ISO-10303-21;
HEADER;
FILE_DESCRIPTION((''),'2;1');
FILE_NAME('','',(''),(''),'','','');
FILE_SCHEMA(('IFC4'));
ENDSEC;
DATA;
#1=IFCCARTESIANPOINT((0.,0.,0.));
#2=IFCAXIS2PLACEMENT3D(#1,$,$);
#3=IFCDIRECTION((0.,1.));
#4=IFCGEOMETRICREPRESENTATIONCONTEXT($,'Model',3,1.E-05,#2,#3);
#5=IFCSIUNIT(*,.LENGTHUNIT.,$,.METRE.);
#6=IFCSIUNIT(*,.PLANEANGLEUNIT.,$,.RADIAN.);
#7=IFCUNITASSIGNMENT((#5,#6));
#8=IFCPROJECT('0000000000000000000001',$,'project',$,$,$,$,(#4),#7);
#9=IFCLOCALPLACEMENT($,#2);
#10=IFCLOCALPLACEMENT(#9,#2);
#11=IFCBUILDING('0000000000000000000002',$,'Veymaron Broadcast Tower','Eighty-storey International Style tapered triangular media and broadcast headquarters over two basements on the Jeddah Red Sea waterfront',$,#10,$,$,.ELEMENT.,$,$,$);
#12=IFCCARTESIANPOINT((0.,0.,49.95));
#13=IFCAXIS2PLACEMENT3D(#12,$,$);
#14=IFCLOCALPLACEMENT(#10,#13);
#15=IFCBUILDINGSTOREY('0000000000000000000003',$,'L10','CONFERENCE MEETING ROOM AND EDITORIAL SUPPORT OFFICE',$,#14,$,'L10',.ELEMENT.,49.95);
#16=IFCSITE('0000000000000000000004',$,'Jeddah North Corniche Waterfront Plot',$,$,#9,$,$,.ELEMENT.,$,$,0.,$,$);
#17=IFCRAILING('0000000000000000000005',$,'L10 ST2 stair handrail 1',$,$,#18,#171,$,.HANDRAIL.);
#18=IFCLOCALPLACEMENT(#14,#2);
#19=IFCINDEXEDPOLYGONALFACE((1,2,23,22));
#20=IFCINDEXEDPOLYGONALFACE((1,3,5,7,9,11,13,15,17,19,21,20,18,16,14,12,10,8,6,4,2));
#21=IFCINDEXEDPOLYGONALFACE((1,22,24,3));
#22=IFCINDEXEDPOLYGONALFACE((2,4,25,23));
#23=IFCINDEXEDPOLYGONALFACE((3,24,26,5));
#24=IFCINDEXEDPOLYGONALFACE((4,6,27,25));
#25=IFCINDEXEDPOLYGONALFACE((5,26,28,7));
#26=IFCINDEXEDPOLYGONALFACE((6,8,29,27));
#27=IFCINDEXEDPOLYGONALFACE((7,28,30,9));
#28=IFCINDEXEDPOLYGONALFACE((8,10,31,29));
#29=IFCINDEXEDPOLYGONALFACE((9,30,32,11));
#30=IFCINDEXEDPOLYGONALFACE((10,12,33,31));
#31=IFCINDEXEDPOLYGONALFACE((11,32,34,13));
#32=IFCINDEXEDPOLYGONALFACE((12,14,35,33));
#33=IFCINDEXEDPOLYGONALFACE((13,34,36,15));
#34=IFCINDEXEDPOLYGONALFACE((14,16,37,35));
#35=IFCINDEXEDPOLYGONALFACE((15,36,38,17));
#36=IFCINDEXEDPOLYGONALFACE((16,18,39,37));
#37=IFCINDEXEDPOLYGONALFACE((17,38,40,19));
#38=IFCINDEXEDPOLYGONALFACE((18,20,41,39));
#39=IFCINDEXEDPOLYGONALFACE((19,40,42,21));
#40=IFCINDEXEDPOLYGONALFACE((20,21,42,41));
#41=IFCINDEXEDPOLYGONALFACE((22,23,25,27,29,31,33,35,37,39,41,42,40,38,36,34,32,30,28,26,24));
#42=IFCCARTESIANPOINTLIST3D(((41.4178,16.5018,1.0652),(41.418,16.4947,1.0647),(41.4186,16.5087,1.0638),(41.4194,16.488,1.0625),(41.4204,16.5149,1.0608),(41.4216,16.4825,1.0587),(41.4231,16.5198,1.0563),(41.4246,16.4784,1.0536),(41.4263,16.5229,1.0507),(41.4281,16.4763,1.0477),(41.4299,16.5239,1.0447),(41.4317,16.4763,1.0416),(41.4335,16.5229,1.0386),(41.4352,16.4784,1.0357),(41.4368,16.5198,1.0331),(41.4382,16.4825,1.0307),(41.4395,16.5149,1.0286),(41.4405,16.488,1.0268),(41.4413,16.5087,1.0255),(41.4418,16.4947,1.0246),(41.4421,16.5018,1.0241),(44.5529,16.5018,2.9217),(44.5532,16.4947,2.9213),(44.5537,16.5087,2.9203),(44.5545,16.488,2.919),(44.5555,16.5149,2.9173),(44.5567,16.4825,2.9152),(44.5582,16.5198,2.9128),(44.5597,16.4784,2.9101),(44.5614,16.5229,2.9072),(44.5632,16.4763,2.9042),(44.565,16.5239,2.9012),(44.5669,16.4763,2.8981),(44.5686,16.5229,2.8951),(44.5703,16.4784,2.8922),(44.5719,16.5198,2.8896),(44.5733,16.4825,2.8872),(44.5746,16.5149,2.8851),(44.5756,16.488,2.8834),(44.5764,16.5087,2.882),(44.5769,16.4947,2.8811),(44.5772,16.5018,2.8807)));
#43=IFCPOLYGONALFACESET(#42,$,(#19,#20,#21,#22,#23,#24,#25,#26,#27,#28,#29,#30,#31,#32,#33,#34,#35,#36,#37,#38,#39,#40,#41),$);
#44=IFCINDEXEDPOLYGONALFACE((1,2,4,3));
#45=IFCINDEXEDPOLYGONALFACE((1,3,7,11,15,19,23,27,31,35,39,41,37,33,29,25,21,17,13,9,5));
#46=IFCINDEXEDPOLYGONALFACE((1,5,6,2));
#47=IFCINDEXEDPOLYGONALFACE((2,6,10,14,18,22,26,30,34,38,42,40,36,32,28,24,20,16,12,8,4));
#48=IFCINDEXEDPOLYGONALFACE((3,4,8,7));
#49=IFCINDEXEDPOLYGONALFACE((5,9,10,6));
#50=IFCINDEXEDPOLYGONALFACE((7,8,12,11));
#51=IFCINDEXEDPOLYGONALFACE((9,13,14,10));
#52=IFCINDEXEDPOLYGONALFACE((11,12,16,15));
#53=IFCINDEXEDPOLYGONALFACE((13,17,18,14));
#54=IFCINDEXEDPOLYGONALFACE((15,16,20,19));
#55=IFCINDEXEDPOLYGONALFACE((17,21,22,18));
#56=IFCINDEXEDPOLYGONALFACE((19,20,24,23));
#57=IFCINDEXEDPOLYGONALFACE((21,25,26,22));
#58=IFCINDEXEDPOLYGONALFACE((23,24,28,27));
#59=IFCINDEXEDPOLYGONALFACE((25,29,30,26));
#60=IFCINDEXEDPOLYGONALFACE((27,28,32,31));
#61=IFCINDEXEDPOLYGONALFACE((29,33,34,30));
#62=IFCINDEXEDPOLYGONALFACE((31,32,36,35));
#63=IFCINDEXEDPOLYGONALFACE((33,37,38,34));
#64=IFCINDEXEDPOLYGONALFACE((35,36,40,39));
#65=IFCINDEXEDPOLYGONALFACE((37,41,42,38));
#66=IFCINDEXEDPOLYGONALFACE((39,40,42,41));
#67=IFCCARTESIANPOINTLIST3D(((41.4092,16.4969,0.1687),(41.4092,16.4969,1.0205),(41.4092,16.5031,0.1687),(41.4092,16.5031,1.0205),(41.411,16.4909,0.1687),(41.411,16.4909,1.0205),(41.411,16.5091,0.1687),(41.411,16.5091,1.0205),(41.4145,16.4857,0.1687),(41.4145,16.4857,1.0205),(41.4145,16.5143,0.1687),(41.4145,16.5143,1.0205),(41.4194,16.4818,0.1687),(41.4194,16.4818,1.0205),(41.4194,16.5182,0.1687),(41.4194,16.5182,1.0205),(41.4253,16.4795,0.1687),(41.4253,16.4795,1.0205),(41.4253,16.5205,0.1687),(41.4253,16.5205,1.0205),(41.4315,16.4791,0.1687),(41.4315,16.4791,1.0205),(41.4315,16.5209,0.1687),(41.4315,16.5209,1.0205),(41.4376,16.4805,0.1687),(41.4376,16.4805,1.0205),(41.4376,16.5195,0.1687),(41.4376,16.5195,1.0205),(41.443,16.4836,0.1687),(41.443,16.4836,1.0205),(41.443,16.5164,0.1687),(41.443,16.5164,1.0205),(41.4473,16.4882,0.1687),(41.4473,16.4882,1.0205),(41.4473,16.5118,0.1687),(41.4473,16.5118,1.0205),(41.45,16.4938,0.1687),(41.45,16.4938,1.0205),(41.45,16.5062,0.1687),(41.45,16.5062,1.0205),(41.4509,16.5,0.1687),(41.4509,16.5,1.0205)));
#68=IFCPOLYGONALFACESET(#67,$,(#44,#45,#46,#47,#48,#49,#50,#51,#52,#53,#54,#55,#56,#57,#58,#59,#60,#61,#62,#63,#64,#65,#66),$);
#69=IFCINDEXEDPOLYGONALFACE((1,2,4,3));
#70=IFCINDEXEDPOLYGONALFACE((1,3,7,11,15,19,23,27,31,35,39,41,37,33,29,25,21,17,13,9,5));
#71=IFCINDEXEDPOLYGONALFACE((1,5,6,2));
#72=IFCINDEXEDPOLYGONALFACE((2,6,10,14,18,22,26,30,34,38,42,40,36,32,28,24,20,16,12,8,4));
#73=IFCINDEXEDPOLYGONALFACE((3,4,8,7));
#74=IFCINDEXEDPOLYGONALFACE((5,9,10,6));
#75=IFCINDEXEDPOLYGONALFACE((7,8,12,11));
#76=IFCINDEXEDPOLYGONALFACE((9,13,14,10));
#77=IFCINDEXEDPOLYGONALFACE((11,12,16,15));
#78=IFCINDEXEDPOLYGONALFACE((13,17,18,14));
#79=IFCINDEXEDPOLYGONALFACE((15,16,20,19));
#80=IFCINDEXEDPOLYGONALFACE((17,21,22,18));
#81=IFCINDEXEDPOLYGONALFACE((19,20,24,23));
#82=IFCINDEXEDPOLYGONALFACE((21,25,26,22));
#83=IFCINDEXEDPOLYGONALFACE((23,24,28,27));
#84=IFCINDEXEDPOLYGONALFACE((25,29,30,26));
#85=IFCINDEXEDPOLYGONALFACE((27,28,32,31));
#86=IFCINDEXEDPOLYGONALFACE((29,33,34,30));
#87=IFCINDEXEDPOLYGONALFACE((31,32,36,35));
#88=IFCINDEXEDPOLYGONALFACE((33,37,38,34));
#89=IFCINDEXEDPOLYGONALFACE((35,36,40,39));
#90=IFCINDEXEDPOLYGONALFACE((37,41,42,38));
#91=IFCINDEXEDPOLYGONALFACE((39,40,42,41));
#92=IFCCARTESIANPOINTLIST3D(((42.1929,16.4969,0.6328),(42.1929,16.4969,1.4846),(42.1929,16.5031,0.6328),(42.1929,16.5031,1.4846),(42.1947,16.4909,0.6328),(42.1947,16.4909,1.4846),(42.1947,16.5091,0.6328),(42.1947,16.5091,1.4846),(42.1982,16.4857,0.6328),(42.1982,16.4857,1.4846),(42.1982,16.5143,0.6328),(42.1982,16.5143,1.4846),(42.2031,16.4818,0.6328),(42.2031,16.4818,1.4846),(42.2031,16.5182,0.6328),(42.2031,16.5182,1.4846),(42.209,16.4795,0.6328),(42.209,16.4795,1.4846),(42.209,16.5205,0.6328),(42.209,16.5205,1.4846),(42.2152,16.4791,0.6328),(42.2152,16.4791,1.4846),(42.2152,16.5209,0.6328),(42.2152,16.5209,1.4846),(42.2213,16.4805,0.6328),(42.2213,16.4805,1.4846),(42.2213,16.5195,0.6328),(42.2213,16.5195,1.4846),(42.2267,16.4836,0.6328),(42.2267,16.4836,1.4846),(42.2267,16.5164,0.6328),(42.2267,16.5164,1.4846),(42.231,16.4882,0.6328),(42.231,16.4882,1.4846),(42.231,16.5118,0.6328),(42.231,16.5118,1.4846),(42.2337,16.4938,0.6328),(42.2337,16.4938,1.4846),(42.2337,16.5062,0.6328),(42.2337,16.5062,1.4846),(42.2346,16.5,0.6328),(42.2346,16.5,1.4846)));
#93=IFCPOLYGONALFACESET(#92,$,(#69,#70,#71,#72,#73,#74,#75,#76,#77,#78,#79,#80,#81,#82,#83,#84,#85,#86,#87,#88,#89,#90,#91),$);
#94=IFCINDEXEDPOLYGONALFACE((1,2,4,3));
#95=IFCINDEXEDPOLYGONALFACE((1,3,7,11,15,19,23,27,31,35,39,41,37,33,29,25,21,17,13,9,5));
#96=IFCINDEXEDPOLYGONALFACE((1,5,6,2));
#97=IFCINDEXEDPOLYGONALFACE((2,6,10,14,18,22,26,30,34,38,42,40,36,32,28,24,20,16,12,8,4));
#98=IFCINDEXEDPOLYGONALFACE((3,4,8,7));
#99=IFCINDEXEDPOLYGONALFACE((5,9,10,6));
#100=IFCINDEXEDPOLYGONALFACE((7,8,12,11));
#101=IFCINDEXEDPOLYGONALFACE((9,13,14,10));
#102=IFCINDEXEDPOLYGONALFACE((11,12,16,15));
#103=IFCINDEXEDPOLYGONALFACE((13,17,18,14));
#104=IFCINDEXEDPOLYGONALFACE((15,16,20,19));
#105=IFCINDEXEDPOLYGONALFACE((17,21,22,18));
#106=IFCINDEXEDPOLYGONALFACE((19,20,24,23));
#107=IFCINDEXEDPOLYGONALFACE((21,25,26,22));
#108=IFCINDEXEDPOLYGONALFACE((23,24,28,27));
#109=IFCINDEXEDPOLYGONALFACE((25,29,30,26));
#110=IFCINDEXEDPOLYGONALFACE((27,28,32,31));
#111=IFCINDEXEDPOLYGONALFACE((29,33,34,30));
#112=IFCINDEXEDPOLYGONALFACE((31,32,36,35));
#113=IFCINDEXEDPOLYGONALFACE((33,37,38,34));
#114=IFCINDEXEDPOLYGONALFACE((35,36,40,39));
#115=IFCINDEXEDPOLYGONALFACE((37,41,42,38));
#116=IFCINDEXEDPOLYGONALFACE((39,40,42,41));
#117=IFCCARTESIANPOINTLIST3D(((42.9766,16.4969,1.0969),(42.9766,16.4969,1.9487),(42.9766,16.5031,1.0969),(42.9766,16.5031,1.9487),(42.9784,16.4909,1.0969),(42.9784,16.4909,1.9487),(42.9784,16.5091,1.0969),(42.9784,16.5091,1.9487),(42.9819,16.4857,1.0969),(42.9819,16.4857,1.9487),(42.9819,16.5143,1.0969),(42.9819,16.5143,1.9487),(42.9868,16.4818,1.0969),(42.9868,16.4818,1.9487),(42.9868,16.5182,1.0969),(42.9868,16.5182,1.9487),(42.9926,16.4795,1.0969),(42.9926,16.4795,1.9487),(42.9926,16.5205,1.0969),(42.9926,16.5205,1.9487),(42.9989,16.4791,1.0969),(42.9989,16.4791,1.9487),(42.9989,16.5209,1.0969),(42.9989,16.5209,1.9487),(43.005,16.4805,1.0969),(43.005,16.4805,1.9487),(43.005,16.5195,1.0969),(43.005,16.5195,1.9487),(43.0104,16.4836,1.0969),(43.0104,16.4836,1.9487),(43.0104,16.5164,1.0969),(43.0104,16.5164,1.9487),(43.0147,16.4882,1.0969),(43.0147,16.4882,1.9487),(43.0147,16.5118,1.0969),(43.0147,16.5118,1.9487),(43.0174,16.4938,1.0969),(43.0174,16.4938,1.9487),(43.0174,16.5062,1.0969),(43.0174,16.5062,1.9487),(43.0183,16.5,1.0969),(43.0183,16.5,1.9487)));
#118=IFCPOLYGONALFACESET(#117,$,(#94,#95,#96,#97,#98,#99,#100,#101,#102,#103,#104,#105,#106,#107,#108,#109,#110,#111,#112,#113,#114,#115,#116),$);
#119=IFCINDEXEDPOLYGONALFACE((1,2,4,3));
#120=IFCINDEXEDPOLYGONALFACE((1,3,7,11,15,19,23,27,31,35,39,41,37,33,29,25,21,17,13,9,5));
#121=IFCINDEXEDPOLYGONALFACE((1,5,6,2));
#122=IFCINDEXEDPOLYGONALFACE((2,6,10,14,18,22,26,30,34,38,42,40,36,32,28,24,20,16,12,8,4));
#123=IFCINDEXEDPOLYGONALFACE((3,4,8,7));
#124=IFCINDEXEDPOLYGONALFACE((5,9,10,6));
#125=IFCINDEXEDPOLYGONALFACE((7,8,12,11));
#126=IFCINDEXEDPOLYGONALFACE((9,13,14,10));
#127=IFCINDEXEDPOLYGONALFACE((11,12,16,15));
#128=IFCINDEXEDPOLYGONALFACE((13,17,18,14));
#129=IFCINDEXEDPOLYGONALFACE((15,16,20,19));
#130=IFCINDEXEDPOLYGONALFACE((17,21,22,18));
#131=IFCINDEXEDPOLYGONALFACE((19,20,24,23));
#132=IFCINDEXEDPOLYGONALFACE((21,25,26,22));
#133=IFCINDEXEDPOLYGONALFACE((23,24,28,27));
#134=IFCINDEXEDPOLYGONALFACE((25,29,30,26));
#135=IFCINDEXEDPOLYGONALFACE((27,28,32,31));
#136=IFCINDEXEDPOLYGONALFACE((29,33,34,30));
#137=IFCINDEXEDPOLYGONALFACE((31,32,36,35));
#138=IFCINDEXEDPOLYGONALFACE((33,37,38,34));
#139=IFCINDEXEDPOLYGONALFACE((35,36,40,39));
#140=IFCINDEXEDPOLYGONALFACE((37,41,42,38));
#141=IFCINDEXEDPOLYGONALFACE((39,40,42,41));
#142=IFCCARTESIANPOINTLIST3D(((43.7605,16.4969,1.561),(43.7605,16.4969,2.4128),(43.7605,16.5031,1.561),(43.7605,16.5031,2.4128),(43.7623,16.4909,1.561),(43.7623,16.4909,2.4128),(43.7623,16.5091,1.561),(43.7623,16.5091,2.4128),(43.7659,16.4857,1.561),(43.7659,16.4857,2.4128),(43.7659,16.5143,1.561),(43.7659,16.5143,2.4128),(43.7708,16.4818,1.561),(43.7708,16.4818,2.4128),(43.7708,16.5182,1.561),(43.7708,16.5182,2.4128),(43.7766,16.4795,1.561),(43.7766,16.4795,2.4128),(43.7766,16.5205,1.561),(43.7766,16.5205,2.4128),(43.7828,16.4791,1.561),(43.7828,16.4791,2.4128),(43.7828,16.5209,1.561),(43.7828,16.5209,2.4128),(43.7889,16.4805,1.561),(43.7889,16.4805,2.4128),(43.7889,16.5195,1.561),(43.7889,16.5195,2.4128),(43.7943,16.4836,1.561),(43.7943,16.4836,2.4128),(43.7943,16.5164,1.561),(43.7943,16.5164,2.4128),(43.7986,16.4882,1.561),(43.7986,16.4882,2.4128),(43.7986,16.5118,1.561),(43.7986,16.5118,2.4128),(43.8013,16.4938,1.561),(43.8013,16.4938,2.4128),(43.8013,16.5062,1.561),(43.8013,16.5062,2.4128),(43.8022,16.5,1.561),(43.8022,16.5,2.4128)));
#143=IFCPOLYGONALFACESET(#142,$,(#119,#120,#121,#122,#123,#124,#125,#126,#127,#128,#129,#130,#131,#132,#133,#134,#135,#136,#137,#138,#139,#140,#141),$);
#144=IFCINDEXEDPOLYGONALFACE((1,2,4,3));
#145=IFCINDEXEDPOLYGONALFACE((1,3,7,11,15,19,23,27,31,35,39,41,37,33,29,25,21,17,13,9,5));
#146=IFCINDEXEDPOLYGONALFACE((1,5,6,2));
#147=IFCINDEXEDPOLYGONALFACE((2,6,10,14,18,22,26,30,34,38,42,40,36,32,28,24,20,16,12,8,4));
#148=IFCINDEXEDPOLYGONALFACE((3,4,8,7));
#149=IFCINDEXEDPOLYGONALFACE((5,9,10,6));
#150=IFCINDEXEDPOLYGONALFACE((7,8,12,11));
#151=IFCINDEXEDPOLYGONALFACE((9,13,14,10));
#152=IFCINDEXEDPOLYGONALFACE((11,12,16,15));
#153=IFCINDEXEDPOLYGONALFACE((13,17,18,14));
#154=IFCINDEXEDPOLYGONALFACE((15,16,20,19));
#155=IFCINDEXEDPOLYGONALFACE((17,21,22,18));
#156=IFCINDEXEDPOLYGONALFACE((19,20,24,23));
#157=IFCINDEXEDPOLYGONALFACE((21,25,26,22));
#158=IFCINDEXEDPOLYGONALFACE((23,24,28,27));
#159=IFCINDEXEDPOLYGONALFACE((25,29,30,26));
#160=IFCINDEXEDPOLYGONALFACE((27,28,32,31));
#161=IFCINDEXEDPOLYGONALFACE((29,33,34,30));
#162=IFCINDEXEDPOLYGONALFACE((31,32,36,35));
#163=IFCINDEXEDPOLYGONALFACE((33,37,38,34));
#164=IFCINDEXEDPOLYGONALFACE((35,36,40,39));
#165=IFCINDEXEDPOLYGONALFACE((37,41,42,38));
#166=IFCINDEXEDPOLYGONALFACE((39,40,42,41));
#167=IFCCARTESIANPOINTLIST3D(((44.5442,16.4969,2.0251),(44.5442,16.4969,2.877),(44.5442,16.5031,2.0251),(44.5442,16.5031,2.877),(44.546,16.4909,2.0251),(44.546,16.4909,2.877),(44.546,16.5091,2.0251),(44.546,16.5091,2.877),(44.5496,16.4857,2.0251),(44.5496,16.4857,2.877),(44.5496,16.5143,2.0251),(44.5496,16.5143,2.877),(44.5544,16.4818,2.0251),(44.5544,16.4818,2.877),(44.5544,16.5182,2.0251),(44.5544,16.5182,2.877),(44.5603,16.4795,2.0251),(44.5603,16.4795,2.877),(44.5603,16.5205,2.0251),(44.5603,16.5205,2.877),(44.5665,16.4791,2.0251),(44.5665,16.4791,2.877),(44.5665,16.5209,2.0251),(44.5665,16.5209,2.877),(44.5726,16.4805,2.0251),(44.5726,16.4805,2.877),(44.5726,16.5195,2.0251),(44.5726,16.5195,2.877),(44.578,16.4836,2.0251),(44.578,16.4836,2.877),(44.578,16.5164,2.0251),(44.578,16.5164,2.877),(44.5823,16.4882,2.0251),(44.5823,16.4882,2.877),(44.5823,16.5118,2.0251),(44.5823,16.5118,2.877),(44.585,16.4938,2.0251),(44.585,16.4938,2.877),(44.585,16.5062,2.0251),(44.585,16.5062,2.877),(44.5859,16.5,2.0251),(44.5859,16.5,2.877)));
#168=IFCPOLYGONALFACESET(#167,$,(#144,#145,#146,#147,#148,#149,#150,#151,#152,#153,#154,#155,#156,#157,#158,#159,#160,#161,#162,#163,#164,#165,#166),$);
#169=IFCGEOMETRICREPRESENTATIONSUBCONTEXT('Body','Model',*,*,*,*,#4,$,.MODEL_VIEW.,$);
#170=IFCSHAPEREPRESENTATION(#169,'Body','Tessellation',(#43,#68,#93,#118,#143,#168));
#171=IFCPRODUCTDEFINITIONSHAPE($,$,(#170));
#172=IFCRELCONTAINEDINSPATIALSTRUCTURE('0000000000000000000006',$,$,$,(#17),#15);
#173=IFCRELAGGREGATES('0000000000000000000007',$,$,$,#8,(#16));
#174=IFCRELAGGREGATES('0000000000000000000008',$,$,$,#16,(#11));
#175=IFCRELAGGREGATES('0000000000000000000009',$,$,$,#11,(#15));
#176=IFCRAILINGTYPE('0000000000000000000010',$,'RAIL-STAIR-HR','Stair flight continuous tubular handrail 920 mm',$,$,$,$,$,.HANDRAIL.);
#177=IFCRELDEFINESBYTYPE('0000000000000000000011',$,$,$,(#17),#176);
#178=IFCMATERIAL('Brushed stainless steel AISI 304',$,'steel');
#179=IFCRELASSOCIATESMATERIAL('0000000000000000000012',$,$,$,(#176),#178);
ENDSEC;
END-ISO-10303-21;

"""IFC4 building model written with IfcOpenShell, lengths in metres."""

from ifc_helpers import new_model, si_unit, direction, frame, origin, origin_2d, place, context, subcontext, project, spatial, circle, extrude, material, type_object, element, save


model = new_model("IFC4")

# Units and contexts
model_context = context("Model", 3, precision=1e-05, world=origin(), true_north=direction((0.0, 1.0)))
body_context = subcontext(model_context, "Body", "Model", "MODEL_VIEW")
ifc_project = project(units=[si_unit("LENGTHUNIT", "METRE"), si_unit("PLANEANGLEUNIT", "RADIAN")], contexts=[model_context])

# Site, building, storey
site_placement = place(None, origin())
site = spatial("IfcSite", under=ifc_project, at=site_placement, Name="Jeddah North Corniche Waterfront Plot", CompositionType="ELEMENT", RefElevation=0.0)
building_placement = place(site_placement, origin())
building = spatial("IfcBuilding", under=site, at=building_placement, Name="Veymaron Broadcast Tower", Description="Eighty-storey International Style tapered triangular media and broadcast headquarters over two basements on the Jeddah Red Sea waterfront", CompositionType="ELEMENT")
storey_placement = place(building_placement, frame((0.0, 0.0, 49.95)))
storey = spatial("IfcBuildingStorey", under=building, at=storey_placement, Name="L10", Description="CONFERENCE MEETING ROOM AND EDITORIAL SUPPORT OFFICE", LongName="L10", CompositionType="ELEMENT", Elevation=49.95)

# Shared definitions
ifc_material_1 = material(Name="Brushed stainless steel AISI 304", Category="steel")

# Railing
railing_type_1 = type_object("IfcRailingType", Name="RAIL-STAIR-HR", Description="Stair flight continuous tubular handrail 920 mm", PredefinedType="HANDRAIL", material=ifc_material_1)
railing_1_placement = place(storey_placement, frame((41.4299, 16.5, 0.1687)))
element("IfcRailing", 1, at=railing_1_placement, inside=storey, type_object=railing_type_1, Name="L10 ST2 stair handrail 1", PredefinedType="HANDRAIL", context=body_context, shape_type="SweptSolid", body=[
    extrude(circle(Radius=0.0239, at=origin_2d()), frame((0.0, 0.0, 0.876), z_axis=(0.860453, 0.0, 0.509531), x_axis=(0.0, 1.0, 0.0)), (0.0, 0.0, 1.0), 3.6436),
    extrude(circle(Radius=0.021, at=origin_2d()), origin(), (0.0, 0.0, 1.0), 0.8518),
    extrude(circle(Radius=0.021, at=origin_2d()), frame((0.7837, 0.0, 0.4641)), (0.0, 0.0, 1.0), 0.8518),
    extrude(circle(Radius=0.021, at=origin_2d()), frame((1.5674, 0.0, 0.9282)), (0.0, 0.0, 1.0), 0.8518),
    extrude(circle(Radius=0.021, at=origin_2d()), frame((2.3513, 0.0, 1.3923)), (0.0, 0.0, 1.0), 0.8518),
    extrude(circle(Radius=0.021, at=origin_2d()), frame((3.135, 0.0, 1.8564)), (0.0, 0.0, 1.0), 0.8518),
])

save(model, "model.ifc")
